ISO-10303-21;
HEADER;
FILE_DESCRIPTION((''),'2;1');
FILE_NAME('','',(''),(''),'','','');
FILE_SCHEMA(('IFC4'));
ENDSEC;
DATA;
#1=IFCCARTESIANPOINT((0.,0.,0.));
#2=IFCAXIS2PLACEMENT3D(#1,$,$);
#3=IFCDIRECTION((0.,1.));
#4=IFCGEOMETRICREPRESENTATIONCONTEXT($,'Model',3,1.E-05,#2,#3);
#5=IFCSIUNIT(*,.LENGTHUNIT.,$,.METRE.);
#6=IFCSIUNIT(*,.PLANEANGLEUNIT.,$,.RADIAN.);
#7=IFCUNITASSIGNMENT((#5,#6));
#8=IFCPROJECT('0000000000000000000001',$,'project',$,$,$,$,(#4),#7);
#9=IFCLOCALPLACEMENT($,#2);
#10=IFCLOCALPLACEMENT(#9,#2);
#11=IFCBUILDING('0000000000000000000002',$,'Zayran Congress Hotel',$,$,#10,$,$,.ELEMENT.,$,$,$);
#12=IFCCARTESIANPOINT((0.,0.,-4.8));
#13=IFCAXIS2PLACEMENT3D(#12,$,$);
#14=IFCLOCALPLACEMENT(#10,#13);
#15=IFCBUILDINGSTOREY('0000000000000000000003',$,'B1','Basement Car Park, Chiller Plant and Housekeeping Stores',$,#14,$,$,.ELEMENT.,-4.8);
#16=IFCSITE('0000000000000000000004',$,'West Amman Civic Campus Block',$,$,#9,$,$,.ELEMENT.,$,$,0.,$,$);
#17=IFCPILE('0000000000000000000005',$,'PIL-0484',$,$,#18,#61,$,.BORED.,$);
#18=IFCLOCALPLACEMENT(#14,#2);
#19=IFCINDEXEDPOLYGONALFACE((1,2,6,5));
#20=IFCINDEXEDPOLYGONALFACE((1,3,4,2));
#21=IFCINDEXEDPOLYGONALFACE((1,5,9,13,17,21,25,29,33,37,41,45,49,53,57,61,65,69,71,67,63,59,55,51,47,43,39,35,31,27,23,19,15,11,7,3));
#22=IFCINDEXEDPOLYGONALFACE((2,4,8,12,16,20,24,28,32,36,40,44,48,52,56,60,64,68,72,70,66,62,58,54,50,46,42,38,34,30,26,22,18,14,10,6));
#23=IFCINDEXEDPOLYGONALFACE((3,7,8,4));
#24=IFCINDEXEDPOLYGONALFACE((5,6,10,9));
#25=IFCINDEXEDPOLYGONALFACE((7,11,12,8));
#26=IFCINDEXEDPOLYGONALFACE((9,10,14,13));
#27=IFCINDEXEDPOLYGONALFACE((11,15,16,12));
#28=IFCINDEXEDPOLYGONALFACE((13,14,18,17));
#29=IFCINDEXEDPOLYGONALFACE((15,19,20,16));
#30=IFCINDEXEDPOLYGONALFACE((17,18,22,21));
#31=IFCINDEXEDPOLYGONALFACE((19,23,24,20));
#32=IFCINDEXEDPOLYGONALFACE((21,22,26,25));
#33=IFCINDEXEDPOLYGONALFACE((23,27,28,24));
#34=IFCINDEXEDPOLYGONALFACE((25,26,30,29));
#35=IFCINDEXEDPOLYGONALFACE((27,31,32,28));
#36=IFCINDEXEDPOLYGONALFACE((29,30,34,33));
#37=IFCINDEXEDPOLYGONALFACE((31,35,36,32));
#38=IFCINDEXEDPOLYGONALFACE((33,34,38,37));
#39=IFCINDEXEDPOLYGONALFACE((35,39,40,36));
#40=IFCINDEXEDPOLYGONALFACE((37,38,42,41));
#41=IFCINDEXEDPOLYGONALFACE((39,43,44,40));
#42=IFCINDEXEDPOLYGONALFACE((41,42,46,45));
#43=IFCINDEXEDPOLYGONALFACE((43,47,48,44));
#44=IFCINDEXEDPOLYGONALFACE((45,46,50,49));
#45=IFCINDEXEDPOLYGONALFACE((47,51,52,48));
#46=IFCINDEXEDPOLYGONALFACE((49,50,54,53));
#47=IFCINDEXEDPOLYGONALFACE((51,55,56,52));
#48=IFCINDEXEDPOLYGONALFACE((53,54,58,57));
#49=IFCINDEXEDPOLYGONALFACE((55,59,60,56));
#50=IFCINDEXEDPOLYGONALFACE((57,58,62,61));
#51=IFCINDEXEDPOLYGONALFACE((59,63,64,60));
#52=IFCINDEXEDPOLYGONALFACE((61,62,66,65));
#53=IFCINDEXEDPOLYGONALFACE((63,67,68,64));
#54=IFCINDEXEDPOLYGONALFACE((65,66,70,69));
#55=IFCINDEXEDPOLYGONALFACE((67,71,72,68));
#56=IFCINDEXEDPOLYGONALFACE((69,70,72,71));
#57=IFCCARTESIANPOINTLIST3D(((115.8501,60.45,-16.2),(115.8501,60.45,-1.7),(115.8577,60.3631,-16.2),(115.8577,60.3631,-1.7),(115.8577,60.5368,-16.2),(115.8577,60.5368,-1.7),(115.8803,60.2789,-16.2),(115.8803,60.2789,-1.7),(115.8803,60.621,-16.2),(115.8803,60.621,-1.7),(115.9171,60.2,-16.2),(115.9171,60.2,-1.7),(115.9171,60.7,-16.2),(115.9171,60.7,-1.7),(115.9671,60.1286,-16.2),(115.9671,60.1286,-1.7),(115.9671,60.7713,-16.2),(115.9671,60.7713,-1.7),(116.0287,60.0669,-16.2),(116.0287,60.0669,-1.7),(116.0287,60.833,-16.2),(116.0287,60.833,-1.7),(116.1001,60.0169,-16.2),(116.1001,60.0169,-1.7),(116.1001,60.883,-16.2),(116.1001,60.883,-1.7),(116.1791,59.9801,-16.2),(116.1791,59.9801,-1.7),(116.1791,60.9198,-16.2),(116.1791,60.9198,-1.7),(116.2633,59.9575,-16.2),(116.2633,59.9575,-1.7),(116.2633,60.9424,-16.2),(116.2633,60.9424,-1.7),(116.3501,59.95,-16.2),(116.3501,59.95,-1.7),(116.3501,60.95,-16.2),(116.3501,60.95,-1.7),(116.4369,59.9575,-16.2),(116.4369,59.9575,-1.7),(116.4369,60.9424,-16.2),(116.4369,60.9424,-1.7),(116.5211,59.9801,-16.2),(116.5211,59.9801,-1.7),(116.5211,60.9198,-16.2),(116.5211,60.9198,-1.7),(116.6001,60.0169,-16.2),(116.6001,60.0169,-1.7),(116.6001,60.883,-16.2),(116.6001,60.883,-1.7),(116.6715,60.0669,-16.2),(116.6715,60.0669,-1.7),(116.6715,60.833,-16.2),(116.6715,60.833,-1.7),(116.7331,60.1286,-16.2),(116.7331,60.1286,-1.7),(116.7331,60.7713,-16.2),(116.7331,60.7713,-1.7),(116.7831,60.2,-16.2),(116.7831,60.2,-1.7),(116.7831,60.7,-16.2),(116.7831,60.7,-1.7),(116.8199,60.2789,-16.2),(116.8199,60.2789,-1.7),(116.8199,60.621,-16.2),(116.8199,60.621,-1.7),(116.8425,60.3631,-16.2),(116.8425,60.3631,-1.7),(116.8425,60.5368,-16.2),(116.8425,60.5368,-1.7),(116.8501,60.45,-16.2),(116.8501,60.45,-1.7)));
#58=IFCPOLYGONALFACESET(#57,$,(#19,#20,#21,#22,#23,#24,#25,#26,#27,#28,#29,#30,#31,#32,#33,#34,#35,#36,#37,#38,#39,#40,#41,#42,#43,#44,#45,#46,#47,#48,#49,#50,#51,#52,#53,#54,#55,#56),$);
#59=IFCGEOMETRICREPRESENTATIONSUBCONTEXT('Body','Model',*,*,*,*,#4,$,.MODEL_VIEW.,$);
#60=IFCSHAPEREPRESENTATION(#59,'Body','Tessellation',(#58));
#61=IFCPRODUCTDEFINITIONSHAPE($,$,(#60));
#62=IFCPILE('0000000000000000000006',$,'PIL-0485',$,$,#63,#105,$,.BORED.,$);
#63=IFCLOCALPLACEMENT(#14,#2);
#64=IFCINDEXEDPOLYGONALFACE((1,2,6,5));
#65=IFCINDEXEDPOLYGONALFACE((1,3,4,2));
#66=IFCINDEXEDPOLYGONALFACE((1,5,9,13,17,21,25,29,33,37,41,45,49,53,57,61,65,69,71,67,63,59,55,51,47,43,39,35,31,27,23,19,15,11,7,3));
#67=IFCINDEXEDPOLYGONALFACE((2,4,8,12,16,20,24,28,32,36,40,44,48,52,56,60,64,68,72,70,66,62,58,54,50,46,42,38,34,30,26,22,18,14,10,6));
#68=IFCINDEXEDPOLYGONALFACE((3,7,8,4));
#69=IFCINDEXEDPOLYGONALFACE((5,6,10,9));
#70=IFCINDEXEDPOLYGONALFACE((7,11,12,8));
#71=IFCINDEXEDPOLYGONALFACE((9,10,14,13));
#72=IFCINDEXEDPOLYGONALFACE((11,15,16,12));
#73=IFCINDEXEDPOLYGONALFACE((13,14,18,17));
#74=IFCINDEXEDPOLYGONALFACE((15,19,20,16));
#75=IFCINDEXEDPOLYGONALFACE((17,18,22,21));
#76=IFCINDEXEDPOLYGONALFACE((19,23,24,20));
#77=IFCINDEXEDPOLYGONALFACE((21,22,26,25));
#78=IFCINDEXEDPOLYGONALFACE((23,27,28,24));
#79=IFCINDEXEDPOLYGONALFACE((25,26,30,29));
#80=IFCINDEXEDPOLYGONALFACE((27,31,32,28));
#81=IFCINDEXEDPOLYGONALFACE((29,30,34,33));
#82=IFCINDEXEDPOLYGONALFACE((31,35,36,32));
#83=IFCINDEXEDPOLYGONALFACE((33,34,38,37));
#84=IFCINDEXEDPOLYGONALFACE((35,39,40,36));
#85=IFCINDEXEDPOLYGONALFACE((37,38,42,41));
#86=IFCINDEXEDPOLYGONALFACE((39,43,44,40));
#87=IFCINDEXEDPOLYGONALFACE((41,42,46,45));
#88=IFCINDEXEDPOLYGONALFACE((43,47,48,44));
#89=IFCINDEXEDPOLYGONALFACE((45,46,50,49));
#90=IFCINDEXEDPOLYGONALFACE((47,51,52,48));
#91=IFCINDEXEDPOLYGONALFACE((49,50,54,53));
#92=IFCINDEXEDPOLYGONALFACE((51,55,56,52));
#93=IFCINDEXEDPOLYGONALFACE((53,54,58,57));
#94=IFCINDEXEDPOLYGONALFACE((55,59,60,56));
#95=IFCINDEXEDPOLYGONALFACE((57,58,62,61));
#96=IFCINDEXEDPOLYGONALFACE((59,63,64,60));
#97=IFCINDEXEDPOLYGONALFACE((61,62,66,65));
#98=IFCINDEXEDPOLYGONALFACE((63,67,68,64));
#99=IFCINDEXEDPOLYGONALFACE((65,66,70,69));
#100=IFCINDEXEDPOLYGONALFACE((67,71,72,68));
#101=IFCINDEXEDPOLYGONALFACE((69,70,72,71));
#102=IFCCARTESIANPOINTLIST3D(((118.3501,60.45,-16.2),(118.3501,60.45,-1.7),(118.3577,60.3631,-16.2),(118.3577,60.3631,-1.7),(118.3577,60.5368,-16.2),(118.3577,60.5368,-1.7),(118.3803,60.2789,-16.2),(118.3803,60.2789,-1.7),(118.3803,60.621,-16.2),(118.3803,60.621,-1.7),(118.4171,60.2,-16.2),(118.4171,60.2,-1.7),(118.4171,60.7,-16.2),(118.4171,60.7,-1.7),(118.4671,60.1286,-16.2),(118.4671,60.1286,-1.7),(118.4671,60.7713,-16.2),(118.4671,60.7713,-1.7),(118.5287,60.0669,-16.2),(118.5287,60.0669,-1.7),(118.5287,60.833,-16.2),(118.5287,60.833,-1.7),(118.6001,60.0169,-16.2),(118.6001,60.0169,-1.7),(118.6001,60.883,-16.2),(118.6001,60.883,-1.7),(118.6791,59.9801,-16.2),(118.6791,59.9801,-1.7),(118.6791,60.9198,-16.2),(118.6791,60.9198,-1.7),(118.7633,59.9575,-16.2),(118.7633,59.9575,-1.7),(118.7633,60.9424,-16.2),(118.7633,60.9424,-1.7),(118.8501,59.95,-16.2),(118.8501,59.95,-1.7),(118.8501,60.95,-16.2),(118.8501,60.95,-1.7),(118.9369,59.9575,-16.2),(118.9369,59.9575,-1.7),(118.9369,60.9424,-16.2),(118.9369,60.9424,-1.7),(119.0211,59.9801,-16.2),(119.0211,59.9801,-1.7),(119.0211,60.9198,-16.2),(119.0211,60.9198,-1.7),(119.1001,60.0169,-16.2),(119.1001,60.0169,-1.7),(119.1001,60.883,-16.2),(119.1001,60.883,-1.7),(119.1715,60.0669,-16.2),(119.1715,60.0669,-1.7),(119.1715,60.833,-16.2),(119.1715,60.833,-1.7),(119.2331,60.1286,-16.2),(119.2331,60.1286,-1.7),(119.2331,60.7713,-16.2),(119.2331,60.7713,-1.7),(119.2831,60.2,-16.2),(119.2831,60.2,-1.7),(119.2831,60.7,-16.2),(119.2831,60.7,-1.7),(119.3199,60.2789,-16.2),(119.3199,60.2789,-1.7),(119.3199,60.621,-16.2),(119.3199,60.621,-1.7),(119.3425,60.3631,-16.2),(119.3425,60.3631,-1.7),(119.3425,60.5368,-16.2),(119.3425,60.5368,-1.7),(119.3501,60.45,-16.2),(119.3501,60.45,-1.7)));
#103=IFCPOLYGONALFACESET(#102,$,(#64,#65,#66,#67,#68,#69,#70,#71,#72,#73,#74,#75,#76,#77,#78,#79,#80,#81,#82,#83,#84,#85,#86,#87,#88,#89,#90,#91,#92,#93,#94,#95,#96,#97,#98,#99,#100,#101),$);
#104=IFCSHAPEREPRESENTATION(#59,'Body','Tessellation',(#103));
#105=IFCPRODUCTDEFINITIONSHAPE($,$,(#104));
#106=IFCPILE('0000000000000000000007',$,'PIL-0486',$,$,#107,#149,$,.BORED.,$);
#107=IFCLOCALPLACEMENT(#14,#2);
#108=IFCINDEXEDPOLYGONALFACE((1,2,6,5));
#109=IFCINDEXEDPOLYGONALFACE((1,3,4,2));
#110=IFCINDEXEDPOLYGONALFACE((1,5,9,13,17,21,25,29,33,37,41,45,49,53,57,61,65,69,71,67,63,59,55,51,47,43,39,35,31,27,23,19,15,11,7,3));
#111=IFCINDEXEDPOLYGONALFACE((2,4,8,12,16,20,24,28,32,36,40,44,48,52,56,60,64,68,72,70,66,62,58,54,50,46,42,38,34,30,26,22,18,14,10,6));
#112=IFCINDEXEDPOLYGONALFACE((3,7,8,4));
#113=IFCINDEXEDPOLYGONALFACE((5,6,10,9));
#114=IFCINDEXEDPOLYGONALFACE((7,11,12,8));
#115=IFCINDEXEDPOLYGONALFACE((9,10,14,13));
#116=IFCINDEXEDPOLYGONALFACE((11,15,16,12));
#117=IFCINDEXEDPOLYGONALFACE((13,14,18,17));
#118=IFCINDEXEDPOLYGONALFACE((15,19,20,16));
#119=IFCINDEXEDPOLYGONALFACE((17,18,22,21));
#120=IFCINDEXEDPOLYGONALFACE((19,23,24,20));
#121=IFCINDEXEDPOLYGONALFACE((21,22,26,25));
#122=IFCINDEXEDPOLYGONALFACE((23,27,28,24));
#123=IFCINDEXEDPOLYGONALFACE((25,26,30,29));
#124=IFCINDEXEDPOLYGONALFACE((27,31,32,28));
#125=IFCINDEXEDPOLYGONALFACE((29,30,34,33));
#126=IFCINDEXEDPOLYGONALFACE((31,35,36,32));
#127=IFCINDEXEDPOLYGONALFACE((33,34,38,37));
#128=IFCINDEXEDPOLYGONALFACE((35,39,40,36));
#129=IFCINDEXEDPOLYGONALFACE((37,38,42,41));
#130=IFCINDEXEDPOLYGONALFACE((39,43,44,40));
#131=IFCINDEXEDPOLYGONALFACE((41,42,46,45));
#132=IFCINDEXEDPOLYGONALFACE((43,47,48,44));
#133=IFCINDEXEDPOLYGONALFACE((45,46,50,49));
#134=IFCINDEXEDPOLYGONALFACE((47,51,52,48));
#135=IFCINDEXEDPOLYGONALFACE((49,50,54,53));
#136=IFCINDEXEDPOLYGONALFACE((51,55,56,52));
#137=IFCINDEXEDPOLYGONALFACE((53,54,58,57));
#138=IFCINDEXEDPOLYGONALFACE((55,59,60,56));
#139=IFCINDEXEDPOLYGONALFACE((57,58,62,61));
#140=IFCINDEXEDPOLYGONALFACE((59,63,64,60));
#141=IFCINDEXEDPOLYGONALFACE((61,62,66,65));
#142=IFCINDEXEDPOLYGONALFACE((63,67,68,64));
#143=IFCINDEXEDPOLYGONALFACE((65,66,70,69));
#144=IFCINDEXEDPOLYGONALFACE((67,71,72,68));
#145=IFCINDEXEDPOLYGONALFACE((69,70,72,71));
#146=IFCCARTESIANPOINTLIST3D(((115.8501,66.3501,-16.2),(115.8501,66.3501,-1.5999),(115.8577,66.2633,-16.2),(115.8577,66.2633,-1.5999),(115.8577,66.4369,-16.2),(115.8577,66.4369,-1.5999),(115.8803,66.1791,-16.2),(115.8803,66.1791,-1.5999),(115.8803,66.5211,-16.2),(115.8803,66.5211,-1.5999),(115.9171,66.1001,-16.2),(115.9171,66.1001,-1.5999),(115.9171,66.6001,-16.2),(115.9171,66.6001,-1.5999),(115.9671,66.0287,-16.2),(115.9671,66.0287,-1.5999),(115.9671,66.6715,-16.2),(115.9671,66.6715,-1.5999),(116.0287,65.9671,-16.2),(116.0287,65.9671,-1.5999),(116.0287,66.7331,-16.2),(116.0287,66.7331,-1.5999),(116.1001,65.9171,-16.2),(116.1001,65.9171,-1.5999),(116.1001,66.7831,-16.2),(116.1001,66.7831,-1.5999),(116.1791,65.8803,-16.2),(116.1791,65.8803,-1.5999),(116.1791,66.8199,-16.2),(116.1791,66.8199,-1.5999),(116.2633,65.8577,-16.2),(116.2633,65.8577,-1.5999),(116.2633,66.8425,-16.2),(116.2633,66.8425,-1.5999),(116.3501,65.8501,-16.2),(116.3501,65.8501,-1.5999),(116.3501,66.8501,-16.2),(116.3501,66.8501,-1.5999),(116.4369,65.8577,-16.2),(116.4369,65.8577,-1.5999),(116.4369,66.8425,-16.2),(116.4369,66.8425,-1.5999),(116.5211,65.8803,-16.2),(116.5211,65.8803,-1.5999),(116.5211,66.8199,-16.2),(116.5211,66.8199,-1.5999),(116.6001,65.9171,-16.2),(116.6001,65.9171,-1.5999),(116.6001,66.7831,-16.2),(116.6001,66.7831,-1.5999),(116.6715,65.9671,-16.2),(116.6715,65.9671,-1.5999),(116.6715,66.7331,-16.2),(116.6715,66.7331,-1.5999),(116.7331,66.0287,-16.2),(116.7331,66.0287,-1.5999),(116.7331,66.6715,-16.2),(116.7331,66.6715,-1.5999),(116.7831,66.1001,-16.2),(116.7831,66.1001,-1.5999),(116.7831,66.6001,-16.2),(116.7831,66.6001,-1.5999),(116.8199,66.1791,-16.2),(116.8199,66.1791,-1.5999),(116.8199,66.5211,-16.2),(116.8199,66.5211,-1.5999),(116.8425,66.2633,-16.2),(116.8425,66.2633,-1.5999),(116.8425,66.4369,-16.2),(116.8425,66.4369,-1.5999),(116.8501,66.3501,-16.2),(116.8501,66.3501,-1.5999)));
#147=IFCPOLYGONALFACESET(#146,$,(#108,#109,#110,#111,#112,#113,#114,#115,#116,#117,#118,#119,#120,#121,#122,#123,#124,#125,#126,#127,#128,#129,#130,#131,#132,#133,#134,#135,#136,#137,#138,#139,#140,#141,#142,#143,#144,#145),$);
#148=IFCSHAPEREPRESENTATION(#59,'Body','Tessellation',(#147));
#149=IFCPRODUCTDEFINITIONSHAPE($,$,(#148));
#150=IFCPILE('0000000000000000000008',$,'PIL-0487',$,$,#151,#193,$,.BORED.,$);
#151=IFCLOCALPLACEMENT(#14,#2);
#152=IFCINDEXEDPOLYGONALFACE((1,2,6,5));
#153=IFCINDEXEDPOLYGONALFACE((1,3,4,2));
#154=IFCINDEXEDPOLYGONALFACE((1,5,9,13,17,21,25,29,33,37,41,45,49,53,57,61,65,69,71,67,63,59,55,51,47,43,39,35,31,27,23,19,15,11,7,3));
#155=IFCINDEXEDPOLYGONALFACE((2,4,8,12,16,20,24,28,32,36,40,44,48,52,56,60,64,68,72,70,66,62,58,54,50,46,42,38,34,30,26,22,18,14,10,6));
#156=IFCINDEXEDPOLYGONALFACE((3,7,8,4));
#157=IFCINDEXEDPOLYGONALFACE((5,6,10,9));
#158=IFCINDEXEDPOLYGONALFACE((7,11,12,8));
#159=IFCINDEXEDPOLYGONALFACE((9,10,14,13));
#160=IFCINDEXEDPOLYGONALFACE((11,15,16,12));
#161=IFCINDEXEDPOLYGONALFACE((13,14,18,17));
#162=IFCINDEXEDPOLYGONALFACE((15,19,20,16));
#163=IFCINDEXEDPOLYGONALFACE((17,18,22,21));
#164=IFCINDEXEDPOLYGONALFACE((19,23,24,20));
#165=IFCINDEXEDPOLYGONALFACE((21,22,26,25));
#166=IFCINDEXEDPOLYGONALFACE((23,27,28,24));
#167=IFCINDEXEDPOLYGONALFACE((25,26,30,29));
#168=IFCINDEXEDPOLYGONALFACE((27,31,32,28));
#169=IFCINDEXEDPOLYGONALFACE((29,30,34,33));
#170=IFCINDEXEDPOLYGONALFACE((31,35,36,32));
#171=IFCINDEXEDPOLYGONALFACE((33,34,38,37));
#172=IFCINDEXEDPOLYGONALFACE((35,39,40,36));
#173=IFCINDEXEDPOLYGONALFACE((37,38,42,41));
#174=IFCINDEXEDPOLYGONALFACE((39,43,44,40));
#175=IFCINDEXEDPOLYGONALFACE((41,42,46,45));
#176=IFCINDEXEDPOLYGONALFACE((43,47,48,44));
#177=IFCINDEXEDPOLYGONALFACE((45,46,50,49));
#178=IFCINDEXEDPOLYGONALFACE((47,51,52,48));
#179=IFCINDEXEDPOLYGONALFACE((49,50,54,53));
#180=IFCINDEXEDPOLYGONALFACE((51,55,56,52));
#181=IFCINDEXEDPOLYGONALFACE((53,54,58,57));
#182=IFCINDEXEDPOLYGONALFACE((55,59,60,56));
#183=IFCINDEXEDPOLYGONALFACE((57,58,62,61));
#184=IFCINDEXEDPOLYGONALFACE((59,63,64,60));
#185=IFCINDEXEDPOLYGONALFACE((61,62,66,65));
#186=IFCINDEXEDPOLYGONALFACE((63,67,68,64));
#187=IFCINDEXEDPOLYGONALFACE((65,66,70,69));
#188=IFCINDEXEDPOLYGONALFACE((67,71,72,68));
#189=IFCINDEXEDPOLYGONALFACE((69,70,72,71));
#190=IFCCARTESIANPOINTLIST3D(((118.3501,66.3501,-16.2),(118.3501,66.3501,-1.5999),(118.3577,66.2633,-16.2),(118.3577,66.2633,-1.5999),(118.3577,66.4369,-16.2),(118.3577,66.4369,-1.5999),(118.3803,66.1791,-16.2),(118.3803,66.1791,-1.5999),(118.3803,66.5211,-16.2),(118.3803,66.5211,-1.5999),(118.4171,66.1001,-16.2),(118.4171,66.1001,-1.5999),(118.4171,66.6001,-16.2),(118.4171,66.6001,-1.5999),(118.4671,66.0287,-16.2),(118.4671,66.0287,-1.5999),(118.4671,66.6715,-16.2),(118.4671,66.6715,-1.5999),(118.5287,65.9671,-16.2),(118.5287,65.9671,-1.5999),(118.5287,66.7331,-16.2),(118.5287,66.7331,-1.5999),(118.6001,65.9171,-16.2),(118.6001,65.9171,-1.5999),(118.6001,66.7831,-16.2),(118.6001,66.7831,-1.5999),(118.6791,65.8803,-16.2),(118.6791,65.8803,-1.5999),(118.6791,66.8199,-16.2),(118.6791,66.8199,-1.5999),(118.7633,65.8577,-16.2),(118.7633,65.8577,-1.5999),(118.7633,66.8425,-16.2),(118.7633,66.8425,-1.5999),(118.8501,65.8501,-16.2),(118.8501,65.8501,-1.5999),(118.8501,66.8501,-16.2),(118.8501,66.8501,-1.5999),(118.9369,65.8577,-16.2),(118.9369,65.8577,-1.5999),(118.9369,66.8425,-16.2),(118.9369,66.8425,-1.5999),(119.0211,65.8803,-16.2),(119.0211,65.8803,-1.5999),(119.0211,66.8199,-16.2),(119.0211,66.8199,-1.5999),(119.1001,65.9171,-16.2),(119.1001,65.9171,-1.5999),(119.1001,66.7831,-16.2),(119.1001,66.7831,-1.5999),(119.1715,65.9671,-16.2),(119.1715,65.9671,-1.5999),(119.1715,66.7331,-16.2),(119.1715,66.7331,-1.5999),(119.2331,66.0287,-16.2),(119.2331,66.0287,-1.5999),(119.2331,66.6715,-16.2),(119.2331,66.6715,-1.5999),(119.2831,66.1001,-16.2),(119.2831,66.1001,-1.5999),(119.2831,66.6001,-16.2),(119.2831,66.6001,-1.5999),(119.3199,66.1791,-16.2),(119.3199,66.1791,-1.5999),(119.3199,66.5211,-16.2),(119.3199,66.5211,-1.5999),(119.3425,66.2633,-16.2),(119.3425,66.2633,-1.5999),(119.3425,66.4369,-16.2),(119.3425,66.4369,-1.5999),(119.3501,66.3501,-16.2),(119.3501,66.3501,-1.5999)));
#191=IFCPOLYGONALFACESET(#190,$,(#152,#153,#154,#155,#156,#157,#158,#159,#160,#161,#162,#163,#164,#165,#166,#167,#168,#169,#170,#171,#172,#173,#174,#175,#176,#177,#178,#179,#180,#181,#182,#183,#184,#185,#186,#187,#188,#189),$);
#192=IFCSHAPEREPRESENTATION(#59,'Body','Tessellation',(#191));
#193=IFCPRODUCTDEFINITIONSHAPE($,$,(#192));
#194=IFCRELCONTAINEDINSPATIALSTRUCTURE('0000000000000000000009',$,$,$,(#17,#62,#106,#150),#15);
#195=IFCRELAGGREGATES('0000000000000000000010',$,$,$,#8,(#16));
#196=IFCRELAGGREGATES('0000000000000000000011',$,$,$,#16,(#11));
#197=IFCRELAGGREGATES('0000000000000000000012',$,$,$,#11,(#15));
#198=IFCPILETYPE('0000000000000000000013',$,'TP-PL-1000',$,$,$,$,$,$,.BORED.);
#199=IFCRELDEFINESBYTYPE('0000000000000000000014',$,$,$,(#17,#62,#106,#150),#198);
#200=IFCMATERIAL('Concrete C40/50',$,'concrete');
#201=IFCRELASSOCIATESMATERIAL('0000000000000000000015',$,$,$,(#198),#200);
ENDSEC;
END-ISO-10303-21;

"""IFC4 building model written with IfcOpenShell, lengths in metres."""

from ifc_helpers import new_model, si_unit, direction, frame, origin, origin_2d, place, context, subcontext, project, spatial, circle, extrude, material, material_profile, profile_set, type_object, element, save


model = new_model("IFC4")

# Units and contexts
model_context = context("Model", 3, precision=1e-05, world=origin(), true_north=direction((0.0, 1.0)))
body_context = subcontext(model_context, "Body", "Model", "MODEL_VIEW")
ifc_project = project(units=[si_unit("LENGTHUNIT", "METRE"), si_unit("PLANEANGLEUNIT", "RADIAN")], contexts=[model_context])

# Site, building, storey
site_placement = place(None, origin())
site = spatial("IfcSite", under=ifc_project, at=site_placement, Name="West Amman Civic Campus Block", CompositionType="ELEMENT", RefElevation=0.0)
building_placement = place(site_placement, origin())
building = spatial("IfcBuilding", under=site, at=building_placement, Name="Zayran Congress Hotel", CompositionType="ELEMENT")
storey_placement = place(building_placement, frame((0.0, 0.0, -4.8)))
storey = spatial("IfcBuildingStorey", under=building, at=storey_placement, Name="B1", Description="Basement Car Park, Chiller Plant and Housekeeping Stores", CompositionType="ELEMENT", Elevation=-4.8)

# Piles
ifc_material_1 = material(Name="Concrete C40/50", Category="concrete")
ifc_material_profile_1 = material_profile(ifc_material_1, circle(Radius=0.5, at=origin_2d()), Name="PILE D1000")
ifc_profile_set_1 = profile_set([ifc_material_profile_1], Name="Concrete C40/50")
pile_type = type_object("IfcPileType", Name="TP-PL-1000", PredefinedType="BORED", material=ifc_profile_set_1)
for number, where, z_axis, x_axis, name in (
    (1, (116.3501, 60.45, -1.7), (0.0, 0.0, -1.0), (1.0, 0.0, 0.0), "PIL-0484"),
    (2, (118.8501, 60.45, -1.7), (0.0, 0.0, -1.0), (1.0, 0.0, 0.0), "PIL-0485"),
):
    element("IfcPile", number, at=place(storey_placement, frame(where, z_axis=z_axis, x_axis=x_axis)), inside=storey, type_object=pile_type, Name=name, PredefinedType="BORED", context=body_context, shape_type="SweptSolid", body=[
        extrude(circle(Radius=0.5, at=origin_2d()), origin(), (0.0, 0.0, 1.0), 14.5),
    ])
for number, where, z_axis, x_axis, name in (
    (3, (116.3501, 66.3501, -1.5999), (0.0, 0.0, -1.0), (1.0, 0.0, 0.0), "PIL-0486"),
    (4, (118.8501, 66.3501, -1.5999), (0.0, 0.0, -1.0), (1.0, 0.0, 0.0), "PIL-0487"),
):
    element("IfcPile", number, at=place(storey_placement, frame(where, z_axis=z_axis, x_axis=x_axis)), inside=storey, type_object=pile_type, Name=name, PredefinedType="BORED", context=body_context, shape_type="SweptSolid", body=[
        extrude(circle(Radius=0.5, at=origin_2d()), origin(), (0.0, 0.0, 1.0), 14.6001),
    ])

save(model, "model.ifc")
